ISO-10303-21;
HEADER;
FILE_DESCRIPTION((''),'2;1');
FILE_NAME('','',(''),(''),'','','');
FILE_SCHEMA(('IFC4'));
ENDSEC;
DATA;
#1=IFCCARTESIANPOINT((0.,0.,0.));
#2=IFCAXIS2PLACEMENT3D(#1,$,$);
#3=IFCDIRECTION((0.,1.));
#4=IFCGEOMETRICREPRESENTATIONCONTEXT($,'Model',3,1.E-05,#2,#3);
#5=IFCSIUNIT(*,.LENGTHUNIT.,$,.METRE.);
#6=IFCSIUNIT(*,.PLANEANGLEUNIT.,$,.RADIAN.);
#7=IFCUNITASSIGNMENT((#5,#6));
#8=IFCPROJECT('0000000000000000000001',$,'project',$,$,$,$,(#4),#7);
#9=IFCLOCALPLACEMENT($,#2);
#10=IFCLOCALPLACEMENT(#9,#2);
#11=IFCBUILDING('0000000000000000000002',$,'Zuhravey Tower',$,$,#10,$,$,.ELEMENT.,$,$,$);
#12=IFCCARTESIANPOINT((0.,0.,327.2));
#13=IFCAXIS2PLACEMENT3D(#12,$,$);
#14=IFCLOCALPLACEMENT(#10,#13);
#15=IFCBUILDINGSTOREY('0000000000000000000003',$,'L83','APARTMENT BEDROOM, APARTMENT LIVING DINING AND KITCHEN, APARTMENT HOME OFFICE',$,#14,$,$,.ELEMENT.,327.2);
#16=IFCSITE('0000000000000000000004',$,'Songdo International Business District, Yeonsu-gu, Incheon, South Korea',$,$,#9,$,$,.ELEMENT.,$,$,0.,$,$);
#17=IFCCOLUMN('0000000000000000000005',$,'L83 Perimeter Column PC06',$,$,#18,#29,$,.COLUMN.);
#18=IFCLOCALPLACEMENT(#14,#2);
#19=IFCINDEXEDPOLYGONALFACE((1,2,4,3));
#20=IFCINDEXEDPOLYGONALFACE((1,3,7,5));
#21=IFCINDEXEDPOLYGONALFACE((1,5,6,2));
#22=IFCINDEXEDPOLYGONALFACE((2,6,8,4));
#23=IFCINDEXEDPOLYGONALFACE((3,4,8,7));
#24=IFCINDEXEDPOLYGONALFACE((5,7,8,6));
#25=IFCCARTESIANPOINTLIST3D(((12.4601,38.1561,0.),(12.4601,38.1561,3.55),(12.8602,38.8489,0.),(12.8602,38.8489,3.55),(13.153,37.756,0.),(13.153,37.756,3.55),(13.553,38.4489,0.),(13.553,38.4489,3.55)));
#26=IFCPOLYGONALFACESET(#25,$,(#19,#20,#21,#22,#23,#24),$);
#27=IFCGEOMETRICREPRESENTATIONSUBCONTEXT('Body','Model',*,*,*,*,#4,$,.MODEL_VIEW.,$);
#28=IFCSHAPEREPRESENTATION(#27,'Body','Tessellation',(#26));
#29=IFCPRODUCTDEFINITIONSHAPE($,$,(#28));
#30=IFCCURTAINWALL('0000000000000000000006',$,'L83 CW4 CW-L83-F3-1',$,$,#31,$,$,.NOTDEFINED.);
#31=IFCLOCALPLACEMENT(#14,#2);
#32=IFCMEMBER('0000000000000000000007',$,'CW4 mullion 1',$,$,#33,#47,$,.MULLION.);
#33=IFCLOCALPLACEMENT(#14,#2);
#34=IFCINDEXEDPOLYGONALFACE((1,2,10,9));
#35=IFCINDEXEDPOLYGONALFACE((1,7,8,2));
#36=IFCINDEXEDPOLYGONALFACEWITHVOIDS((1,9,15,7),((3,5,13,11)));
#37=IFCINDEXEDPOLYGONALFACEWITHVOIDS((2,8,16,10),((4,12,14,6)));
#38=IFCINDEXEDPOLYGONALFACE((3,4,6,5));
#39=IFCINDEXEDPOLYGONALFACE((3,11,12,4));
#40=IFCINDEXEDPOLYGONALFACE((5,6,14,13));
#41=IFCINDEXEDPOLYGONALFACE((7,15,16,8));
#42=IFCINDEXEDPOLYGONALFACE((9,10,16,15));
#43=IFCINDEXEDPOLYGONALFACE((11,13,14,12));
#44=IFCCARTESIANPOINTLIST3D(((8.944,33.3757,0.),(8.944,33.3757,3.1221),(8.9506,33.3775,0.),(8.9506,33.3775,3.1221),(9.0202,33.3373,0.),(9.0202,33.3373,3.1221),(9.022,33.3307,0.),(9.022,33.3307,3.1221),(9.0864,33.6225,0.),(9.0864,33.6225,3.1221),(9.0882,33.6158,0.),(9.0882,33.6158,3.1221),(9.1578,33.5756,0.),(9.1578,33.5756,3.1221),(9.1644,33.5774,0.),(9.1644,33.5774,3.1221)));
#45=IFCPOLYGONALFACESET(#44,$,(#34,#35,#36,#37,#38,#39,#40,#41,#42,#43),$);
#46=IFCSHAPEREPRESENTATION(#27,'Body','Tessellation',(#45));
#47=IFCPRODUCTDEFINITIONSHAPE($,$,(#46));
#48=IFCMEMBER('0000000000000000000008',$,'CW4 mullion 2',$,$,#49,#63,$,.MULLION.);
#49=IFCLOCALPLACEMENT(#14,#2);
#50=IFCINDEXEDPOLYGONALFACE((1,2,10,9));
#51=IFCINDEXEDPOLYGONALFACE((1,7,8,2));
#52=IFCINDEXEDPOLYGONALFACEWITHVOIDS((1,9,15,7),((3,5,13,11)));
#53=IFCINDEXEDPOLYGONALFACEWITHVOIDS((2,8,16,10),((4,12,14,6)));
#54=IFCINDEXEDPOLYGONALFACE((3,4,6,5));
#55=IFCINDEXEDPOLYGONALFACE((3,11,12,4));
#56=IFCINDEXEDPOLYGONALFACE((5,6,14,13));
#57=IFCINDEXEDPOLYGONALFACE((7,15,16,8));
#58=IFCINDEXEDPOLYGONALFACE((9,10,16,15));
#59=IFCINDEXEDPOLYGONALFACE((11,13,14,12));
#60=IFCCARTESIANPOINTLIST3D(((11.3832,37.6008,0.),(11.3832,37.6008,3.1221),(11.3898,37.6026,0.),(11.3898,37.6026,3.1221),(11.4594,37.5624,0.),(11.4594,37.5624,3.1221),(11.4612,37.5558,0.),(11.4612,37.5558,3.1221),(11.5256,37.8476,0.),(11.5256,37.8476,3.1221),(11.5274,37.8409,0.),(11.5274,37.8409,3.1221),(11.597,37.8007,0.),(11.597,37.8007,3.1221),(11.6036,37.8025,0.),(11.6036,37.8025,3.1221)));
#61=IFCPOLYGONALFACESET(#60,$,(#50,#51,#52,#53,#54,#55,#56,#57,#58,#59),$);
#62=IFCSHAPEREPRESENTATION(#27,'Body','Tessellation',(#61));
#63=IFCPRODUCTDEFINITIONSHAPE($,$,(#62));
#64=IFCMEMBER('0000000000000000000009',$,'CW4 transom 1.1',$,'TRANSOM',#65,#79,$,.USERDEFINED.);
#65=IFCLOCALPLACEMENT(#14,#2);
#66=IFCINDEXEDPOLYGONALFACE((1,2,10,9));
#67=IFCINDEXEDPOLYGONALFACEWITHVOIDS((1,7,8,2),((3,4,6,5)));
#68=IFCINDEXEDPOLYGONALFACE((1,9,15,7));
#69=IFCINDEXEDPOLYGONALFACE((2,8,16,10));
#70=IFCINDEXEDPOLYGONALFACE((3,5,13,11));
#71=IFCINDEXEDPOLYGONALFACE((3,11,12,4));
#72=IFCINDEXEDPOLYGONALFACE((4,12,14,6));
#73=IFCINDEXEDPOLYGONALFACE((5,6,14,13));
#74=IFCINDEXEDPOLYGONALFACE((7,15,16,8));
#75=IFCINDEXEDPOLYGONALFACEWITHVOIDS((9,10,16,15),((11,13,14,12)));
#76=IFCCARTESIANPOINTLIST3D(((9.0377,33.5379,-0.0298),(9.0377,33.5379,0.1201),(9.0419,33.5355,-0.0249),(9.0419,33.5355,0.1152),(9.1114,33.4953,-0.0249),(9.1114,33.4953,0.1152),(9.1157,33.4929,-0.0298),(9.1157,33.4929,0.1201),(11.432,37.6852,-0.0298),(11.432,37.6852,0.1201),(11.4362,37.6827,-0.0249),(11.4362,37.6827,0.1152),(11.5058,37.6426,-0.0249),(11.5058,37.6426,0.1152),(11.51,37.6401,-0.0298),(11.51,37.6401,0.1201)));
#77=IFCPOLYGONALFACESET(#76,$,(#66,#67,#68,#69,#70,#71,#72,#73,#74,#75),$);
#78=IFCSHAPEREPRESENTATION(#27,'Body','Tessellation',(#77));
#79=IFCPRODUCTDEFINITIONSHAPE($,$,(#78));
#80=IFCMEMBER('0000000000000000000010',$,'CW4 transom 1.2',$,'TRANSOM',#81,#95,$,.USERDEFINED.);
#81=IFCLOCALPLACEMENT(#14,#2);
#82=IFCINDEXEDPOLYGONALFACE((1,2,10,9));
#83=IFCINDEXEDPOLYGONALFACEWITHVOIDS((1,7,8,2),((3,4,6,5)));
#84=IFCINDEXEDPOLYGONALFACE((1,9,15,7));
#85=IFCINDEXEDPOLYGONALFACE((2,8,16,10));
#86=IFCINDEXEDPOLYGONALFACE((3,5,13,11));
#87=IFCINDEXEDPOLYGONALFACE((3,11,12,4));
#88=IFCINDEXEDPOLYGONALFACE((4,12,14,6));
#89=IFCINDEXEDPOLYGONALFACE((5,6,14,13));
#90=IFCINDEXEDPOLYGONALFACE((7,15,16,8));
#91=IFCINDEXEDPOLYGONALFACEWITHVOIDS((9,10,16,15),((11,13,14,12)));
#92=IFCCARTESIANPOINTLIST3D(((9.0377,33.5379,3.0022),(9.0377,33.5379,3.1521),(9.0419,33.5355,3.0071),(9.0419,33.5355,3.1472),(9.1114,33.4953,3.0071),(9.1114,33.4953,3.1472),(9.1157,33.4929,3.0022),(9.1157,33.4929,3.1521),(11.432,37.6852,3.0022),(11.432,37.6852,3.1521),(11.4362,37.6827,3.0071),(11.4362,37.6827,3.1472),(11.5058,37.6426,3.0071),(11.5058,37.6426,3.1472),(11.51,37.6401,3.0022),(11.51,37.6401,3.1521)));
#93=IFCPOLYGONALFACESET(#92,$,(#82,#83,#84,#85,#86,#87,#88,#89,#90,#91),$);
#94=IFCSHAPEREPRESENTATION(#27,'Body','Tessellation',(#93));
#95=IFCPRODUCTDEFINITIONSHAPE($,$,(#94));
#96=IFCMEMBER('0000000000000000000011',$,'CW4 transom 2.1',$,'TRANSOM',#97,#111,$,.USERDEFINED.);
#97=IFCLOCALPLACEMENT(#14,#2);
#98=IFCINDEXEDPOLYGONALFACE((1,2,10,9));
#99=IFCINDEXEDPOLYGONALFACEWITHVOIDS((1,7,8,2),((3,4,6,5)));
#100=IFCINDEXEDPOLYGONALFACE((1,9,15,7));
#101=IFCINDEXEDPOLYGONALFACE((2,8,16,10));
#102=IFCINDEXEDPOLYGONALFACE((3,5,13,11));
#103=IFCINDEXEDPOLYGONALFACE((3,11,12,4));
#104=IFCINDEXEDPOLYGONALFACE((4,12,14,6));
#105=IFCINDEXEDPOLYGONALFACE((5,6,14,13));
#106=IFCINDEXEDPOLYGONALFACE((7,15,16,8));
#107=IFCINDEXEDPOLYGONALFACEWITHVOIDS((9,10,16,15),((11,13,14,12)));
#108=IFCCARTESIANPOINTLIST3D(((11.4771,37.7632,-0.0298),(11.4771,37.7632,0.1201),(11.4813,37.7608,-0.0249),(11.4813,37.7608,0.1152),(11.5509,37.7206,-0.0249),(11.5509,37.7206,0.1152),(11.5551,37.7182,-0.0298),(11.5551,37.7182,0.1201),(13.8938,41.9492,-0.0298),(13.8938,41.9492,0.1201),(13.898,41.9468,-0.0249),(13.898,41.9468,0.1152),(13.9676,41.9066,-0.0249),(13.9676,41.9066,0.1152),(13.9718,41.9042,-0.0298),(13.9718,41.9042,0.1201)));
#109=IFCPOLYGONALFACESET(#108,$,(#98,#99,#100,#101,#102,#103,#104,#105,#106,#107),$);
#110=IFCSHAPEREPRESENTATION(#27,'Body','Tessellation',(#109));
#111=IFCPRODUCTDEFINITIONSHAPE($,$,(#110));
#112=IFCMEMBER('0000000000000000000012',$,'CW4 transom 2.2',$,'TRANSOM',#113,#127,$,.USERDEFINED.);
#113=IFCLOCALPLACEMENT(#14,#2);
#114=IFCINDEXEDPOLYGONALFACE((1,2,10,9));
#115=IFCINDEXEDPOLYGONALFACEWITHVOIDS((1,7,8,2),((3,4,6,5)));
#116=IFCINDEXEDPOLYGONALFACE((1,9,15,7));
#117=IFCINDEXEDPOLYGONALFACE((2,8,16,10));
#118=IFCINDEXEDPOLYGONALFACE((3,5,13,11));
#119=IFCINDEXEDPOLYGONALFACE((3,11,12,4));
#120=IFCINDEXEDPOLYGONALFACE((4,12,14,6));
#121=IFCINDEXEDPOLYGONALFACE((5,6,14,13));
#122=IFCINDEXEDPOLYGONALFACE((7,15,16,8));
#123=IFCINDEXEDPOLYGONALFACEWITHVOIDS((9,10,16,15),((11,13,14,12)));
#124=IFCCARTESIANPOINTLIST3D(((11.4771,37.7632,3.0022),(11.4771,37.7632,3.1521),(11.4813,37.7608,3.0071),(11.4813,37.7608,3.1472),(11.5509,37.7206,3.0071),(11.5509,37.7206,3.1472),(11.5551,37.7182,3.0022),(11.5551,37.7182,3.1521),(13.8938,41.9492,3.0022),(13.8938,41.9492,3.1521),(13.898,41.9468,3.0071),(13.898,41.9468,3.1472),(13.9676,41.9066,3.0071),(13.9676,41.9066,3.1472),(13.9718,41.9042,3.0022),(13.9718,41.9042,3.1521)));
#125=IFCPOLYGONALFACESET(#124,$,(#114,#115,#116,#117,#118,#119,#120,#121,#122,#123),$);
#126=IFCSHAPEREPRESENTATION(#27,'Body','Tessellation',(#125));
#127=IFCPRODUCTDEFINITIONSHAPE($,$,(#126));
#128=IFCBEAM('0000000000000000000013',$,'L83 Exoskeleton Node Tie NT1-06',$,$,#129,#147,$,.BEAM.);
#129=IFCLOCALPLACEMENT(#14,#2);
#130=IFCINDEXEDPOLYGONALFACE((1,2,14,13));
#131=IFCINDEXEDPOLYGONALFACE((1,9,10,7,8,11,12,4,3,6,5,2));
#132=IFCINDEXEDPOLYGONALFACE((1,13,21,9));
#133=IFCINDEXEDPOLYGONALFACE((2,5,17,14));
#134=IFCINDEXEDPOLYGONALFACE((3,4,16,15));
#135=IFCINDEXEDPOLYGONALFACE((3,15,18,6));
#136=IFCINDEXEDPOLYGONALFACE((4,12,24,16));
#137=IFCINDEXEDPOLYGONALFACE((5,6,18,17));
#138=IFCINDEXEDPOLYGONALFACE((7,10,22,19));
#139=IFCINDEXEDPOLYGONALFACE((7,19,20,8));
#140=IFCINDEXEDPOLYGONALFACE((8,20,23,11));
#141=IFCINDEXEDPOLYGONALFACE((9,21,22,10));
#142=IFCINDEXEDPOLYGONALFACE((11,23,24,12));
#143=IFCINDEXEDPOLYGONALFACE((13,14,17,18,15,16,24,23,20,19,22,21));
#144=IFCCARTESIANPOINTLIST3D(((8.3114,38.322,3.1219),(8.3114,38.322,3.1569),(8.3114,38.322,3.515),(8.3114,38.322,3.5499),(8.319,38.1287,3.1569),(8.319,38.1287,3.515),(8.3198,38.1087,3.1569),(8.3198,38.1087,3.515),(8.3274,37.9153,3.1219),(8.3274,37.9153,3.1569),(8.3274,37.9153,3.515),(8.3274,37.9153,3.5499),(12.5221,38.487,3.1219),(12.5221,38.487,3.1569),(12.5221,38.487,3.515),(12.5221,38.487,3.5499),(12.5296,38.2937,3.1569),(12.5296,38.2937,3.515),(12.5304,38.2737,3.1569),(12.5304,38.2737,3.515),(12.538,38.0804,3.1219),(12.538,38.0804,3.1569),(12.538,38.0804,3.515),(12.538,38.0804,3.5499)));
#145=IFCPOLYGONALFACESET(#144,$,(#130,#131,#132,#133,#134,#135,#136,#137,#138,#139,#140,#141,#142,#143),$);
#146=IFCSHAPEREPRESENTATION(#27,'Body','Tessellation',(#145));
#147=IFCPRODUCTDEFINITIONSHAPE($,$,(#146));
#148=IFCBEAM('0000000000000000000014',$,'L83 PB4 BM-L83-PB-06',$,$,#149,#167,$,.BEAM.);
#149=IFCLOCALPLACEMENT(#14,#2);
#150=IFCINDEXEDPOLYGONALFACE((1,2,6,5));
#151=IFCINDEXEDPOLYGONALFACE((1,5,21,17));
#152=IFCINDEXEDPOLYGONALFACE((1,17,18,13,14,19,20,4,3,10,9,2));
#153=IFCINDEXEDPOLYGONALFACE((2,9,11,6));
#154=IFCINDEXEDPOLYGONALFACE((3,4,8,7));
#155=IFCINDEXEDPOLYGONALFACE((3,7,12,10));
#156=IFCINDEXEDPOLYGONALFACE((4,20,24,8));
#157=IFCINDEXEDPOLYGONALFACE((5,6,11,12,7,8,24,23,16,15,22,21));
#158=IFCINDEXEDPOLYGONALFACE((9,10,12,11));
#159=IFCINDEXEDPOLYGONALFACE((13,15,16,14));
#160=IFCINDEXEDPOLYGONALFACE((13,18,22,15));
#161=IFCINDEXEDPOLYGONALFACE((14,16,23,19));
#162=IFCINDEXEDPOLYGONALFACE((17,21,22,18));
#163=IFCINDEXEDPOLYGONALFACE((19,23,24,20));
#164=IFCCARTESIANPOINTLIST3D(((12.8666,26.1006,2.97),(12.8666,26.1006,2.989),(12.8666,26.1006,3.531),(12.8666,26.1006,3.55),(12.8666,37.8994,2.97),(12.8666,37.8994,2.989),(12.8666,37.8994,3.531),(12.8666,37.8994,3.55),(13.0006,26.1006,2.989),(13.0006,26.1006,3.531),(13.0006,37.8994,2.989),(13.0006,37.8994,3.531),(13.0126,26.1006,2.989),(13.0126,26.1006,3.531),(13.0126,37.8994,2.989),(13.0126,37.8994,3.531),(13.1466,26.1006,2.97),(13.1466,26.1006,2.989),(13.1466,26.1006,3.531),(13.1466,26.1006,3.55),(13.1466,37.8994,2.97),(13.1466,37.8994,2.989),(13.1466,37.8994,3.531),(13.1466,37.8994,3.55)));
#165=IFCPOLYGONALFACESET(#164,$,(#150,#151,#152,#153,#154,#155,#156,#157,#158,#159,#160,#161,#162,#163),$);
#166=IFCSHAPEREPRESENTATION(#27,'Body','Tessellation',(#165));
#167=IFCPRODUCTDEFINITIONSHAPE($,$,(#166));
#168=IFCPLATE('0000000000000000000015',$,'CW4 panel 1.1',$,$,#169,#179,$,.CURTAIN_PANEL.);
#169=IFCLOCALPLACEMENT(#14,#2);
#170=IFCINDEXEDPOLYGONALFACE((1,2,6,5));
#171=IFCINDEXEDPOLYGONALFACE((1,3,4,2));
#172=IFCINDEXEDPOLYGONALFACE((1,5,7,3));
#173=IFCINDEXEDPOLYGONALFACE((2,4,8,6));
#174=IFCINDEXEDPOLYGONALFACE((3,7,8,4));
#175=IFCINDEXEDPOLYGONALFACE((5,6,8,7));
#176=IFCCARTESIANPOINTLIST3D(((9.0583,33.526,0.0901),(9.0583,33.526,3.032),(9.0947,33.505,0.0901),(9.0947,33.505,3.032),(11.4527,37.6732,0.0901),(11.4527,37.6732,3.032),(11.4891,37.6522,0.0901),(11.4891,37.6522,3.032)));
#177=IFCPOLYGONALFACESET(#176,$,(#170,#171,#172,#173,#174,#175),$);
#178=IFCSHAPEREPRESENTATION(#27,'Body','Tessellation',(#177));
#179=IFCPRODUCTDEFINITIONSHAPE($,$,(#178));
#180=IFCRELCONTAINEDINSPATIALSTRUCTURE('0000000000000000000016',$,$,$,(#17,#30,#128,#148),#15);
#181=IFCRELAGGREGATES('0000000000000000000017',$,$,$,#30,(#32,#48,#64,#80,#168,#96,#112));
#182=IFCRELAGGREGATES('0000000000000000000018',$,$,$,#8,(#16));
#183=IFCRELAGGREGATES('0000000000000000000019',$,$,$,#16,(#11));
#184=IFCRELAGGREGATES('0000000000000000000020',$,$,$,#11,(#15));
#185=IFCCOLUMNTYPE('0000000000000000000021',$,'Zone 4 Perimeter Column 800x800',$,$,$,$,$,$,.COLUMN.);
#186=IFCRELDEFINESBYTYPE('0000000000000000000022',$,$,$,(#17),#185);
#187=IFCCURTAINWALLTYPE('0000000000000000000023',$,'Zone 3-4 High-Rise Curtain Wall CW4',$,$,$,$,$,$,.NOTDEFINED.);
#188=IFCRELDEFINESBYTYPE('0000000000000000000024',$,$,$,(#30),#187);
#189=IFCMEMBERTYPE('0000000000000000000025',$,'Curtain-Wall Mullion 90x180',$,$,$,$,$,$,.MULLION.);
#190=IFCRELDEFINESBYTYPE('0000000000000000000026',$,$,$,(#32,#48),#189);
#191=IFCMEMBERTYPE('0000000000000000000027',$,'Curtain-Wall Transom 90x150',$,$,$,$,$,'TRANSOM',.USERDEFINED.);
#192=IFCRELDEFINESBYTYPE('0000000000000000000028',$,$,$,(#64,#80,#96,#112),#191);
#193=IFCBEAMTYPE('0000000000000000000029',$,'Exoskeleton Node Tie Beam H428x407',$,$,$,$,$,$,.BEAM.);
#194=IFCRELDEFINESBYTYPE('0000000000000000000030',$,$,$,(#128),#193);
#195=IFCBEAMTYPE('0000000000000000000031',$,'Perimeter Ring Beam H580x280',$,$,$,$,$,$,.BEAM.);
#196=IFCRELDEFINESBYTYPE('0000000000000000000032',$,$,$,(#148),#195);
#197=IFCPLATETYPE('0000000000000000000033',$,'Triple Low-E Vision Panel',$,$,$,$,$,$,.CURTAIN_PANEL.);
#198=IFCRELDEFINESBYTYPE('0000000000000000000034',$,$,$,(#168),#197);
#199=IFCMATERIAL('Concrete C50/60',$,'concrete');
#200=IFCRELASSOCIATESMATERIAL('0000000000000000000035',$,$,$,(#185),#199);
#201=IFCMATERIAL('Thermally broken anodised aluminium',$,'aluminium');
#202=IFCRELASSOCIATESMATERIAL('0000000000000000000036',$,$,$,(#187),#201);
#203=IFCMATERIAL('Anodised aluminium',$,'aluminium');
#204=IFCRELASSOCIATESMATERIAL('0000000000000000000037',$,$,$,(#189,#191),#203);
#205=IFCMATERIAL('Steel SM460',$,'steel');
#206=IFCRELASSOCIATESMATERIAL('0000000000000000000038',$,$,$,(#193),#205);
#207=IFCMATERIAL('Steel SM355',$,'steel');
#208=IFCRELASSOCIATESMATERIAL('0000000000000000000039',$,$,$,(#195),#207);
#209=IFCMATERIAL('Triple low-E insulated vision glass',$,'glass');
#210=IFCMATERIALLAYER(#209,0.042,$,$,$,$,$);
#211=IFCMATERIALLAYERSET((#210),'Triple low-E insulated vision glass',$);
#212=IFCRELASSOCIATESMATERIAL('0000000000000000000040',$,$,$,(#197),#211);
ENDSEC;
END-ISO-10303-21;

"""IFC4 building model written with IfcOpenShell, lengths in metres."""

from ifc_helpers import new_model, si_unit, direction, frame, origin, origin_2d, place, context, subcontext, project, spatial, rectangle, hollow_rectangle, i_section, extrude, material, layer, layer_set, material_profile, profile_set, type_object, element, aggregate, save


model = new_model("IFC4")

# Units and contexts
model_context = context("Model", 3, precision=1e-05, world=origin(), true_north=direction((0.0, 1.0)))
body_context = subcontext(model_context, "Body", "Model", "MODEL_VIEW")
ifc_project = project(units=[si_unit("LENGTHUNIT", "METRE"), si_unit("PLANEANGLEUNIT", "RADIAN")], contexts=[model_context])

# Site, building, storey
site_placement = place(None, origin())
site = spatial("IfcSite", under=ifc_project, at=site_placement, Name="Songdo International Business District, Yeonsu-gu, Incheon, South Korea", CompositionType="ELEMENT", RefElevation=0.0)
building_placement = place(site_placement, origin())
building = spatial("IfcBuilding", under=site, at=building_placement, Name="Zuhravey Tower", CompositionType="ELEMENT")
storey_placement = place(building_placement, frame((0.0, 0.0, 327.2)))
storey = spatial("IfcBuildingStorey", under=building, at=storey_placement, Name="L83", Description="APARTMENT BEDROOM, APARTMENT LIVING DINING AND KITCHEN, APARTMENT HOME OFFICE", CompositionType="ELEMENT", Elevation=327.2)

# Column
ifc_material_1 = material(Name="Concrete C50/60", Category="concrete")
ifc_material_profile_1 = material_profile(ifc_material_1, rectangle(XDim=0.8, YDim=0.8, at=origin_2d()), Name="RC-800x800")
ifc_profile_set_1 = profile_set([ifc_material_profile_1], Name="Concrete C50/60")
column_type = type_object("IfcColumnType", Name="Zone 4 Perimeter Column 800x800", PredefinedType="COLUMN", material=ifc_profile_set_1)
column_placement = place(storey_placement, frame((13.0066, 38.3025, 0.0), z_axis=(0.0, 0.0, 1.0), x_axis=(-0.5, -0.866025, 0.0)))
element("IfcColumn", 1, at=column_placement, inside=storey, type_object=column_type, Name="L83 Perimeter Column PC06", PredefinedType="COLUMN", context=body_context, shape_type="SweptSolid", body=[
    extrude(rectangle(XDim=0.8, YDim=0.8, at=origin_2d()), origin(), (0.0, 0.0, 1.0), 3.55),
])

# Curtain wall, members
ifc_material_2 = material(Name="Thermally broken anodised aluminium", Category="aluminium")
curtain_wall_type = type_object("IfcCurtainWallType", Name="Zone 3-4 High-Rise Curtain Wall CW4", PredefinedType="NOTDEFINED", material=ifc_material_2)
curtain_wall_placement = place(storey_placement, origin())
curtain_wall = element("IfcCurtainWall", 2, at=curtain_wall_placement, inside=storey, type_object=curtain_wall_type, Name="L83 CW4 CW-L83-F3-1", PredefinedType="NOTDEFINED")
ifc_material_3 = material(Name="Anodised aluminium", Category="aluminium")
ifc_material_profile_2 = material_profile(ifc_material_3, hollow_rectangle(XDim=0.0901, YDim=0.2849, WallThickness=0.0049, at=origin_2d()), Name="ALU-RHS-90x285x5")
ifc_profile_set_2 = profile_set([ifc_material_profile_2], Name="Anodised aluminium")
member_type_1 = type_object("IfcMemberType", Name="Curtain-Wall Mullion 90x180", PredefinedType="MULLION", material=ifc_profile_set_2)
member_1_placement = place(storey_placement, frame((9.0542, 33.4766, 0.0), z_axis=(0.0, 0.0, 1.0), x_axis=(-0.866027, 0.499997, 0.0)))
member_1 = element("IfcMember", 3, at=member_1_placement, type_object=member_type_1, Name="CW4 mullion 1", PredefinedType="MULLION", context=body_context, shape_type="SweptSolid", body=[
    extrude(hollow_rectangle(XDim=0.0901, YDim=0.2849, WallThickness=0.0049, at=origin_2d()), origin(), (0.0, 0.0, 1.0), 3.1221),
])
member_2_placement = place(storey_placement, frame((11.4934, 37.7017, 0.0), z_axis=(0.0, 0.0, 1.0), x_axis=(-0.866027, 0.499997, 0.0)))
member_2 = element("IfcMember", 4, at=member_2_placement, type_object=member_type_1, Name="CW4 mullion 2", PredefinedType="MULLION", context=body_context, shape_type="SweptSolid", body=[
    extrude(hollow_rectangle(XDim=0.0901, YDim=0.2849, WallThickness=0.0049, at=origin_2d()), origin(), (0.0, 0.0, 1.0), 3.1221),
])
ifc_material_profile_3 = material_profile(ifc_material_3, hollow_rectangle(XDim=0.0901, YDim=0.1499, WallThickness=0.0049, at=origin_2d()), Name="ALU-RHS-90x150x5")
ifc_profile_set_3 = profile_set([ifc_material_profile_3], Name="Anodised aluminium")
member_type_2 = type_object("IfcMemberType", Name="Curtain-Wall Transom 90x150", ElementType="TRANSOM", PredefinedType="USERDEFINED", material=ifc_profile_set_3)
member_3_placement = place(storey_placement, frame((9.0767, 33.5154, 0.0452), z_axis=(0.499983, 0.866035, 0.0), x_axis=(-0.866035, 0.499983, 0.0)))
member_3 = element("IfcMember", 5, at=member_3_placement, type_object=member_type_2, Name="CW4 transom 1.1", ObjectType="TRANSOM", PredefinedType="USERDEFINED", context=body_context, shape_type="SweptSolid", body=[
    extrude(hollow_rectangle(XDim=0.0901, YDim=0.1499, WallThickness=0.0049, at=origin_2d()), origin(), (0.0, 0.0, 1.0), 4.7888),
])
member_4_placement = place(storey_placement, frame((9.0767, 33.5154, 3.0771), z_axis=(0.499983, 0.866035, 0.0), x_axis=(-0.866035, 0.499983, 0.0)))
member_4 = element("IfcMember", 6, at=member_4_placement, type_object=member_type_2, Name="CW4 transom 1.2", ObjectType="TRANSOM", PredefinedType="USERDEFINED", context=body_context, shape_type="SweptSolid", body=[
    extrude(hollow_rectangle(XDim=0.0901, YDim=0.1499, WallThickness=0.0049, at=origin_2d()), origin(), (0.0, 0.0, 1.0), 4.7888),
])
member_5_placement = place(storey_placement, frame((11.5161, 37.7407, 0.0452), z_axis=(0.499991, 0.866031, 0.0), x_axis=(-0.866031, 0.499991, 0.0)))
member_5 = element("IfcMember", 7, at=member_5_placement, type_object=member_type_2, Name="CW4 transom 2.1", ObjectType="TRANSOM", PredefinedType="USERDEFINED", context=body_context, shape_type="SweptSolid", body=[
    extrude(hollow_rectangle(XDim=0.0901, YDim=0.1499, WallThickness=0.0049, at=origin_2d()), origin(), (0.0, 0.0, 1.0), 4.8335),
])
member_6_placement = place(storey_placement, frame((11.5161, 37.7407, 3.0771), z_axis=(0.499991, 0.866031, 0.0), x_axis=(-0.866031, 0.499991, 0.0)))
member_6 = element("IfcMember", 8, at=member_6_placement, type_object=member_type_2, Name="CW4 transom 2.2", ObjectType="TRANSOM", PredefinedType="USERDEFINED", context=body_context, shape_type="SweptSolid", body=[
    extrude(hollow_rectangle(XDim=0.0901, YDim=0.1499, WallThickness=0.0049, at=origin_2d()), origin(), (0.0, 0.0, 1.0), 4.8335),
])

# Beams
ifc_material_4 = material(Name="Steel SM460", Category="steel")
ifc_material_profile_4 = material_profile(ifc_material_4, i_section(OverallWidth=0.407, OverallDepth=0.428, WebThickness=0.02, FlangeThickness=0.0349, at=origin_2d()), Name="H-428x407x20x35")
ifc_profile_set_4 = profile_set([ifc_material_profile_4], Name="Steel SM460")
beam_type_1 = type_object("IfcBeamType", Name="Exoskeleton Node Tie Beam H428x407", PredefinedType="BEAM", material=ifc_profile_set_4)
beam_1_placement = place(storey_placement, frame((12.53, 38.2837, 3.3359), z_axis=(-0.999233, -0.039165, 0.0), x_axis=(0.039165, -0.999233, 0.0)))
element("IfcBeam", 9, at=beam_1_placement, inside=storey, type_object=beam_type_1, Name="L83 Exoskeleton Node Tie NT1-06", PredefinedType="BEAM", context=body_context, shape_type="SweptSolid", body=[
    extrude(i_section(OverallWidth=0.407, OverallDepth=0.428, WebThickness=0.02, FlangeThickness=0.0349, at=origin_2d()), origin(), (0.0, 0.0, 1.0), 4.2139),
])
ifc_material_5 = material(Name="Steel SM355", Category="steel")
ifc_material_profile_5 = material_profile(ifc_material_5, i_section(OverallWidth=0.28, OverallDepth=0.5801, WebThickness=0.012, FlangeThickness=0.019, at=origin_2d()), Name="H-580x280x12x19")
ifc_profile_set_5 = profile_set([ifc_material_profile_5], Name="Steel SM355")
beam_type_2 = type_object("IfcBeamType", Name="Perimeter Ring Beam H580x280", PredefinedType="BEAM", material=ifc_profile_set_5)
beam_2_placement = place(storey_placement, frame((13.0066, 37.8994, 3.26), z_axis=(0.0, -1.0, 0.0), x_axis=(1.0, 0.0, 0.0)))
element("IfcBeam", 10, at=beam_2_placement, inside=storey, type_object=beam_type_2, Name="L83 PB4 BM-L83-PB-06", PredefinedType="BEAM", context=body_context, shape_type="SweptSolid", body=[
    extrude(i_section(OverallWidth=0.28, OverallDepth=0.5801, WebThickness=0.012, FlangeThickness=0.019, at=origin_2d()), origin(), (0.0, 0.0, 1.0), 11.7988),
])

# Plate
ifc_material_6 = material(Name="Triple low-E insulated vision glass", Category="glass")
ifc_layer_1 = layer(ifc_material_6, 0.042)
ifc_layer_set_1 = layer_set([ifc_layer_1], Name="Triple low-E insulated vision glass")
plate_type = type_object("IfcPlateType", Name="Triple Low-E Vision Panel", PredefinedType="CURTAIN_PANEL", material=ifc_layer_set_1)
plate_placement = place(storey_placement, frame((10.2737, 35.5891, 0.0901), z_axis=(0.0, 0.0, 1.0), x_axis=(0.499997, 0.866027, 0.0)))
plate = element("IfcPlate", 11, at=plate_placement, type_object=plate_type, Name="CW4 panel 1.1", PredefinedType="CURTAIN_PANEL", context=body_context, shape_type="SweptSolid", body=[
    extrude(rectangle(XDim=4.7888, YDim=0.042, at=origin_2d()), origin(), (0.0, 0.0, 1.0), 2.9419),
])
aggregate(curtain_wall, [member_1, member_2, member_3, member_4, plate, member_5, member_6])

save(model, "model.ifc")
